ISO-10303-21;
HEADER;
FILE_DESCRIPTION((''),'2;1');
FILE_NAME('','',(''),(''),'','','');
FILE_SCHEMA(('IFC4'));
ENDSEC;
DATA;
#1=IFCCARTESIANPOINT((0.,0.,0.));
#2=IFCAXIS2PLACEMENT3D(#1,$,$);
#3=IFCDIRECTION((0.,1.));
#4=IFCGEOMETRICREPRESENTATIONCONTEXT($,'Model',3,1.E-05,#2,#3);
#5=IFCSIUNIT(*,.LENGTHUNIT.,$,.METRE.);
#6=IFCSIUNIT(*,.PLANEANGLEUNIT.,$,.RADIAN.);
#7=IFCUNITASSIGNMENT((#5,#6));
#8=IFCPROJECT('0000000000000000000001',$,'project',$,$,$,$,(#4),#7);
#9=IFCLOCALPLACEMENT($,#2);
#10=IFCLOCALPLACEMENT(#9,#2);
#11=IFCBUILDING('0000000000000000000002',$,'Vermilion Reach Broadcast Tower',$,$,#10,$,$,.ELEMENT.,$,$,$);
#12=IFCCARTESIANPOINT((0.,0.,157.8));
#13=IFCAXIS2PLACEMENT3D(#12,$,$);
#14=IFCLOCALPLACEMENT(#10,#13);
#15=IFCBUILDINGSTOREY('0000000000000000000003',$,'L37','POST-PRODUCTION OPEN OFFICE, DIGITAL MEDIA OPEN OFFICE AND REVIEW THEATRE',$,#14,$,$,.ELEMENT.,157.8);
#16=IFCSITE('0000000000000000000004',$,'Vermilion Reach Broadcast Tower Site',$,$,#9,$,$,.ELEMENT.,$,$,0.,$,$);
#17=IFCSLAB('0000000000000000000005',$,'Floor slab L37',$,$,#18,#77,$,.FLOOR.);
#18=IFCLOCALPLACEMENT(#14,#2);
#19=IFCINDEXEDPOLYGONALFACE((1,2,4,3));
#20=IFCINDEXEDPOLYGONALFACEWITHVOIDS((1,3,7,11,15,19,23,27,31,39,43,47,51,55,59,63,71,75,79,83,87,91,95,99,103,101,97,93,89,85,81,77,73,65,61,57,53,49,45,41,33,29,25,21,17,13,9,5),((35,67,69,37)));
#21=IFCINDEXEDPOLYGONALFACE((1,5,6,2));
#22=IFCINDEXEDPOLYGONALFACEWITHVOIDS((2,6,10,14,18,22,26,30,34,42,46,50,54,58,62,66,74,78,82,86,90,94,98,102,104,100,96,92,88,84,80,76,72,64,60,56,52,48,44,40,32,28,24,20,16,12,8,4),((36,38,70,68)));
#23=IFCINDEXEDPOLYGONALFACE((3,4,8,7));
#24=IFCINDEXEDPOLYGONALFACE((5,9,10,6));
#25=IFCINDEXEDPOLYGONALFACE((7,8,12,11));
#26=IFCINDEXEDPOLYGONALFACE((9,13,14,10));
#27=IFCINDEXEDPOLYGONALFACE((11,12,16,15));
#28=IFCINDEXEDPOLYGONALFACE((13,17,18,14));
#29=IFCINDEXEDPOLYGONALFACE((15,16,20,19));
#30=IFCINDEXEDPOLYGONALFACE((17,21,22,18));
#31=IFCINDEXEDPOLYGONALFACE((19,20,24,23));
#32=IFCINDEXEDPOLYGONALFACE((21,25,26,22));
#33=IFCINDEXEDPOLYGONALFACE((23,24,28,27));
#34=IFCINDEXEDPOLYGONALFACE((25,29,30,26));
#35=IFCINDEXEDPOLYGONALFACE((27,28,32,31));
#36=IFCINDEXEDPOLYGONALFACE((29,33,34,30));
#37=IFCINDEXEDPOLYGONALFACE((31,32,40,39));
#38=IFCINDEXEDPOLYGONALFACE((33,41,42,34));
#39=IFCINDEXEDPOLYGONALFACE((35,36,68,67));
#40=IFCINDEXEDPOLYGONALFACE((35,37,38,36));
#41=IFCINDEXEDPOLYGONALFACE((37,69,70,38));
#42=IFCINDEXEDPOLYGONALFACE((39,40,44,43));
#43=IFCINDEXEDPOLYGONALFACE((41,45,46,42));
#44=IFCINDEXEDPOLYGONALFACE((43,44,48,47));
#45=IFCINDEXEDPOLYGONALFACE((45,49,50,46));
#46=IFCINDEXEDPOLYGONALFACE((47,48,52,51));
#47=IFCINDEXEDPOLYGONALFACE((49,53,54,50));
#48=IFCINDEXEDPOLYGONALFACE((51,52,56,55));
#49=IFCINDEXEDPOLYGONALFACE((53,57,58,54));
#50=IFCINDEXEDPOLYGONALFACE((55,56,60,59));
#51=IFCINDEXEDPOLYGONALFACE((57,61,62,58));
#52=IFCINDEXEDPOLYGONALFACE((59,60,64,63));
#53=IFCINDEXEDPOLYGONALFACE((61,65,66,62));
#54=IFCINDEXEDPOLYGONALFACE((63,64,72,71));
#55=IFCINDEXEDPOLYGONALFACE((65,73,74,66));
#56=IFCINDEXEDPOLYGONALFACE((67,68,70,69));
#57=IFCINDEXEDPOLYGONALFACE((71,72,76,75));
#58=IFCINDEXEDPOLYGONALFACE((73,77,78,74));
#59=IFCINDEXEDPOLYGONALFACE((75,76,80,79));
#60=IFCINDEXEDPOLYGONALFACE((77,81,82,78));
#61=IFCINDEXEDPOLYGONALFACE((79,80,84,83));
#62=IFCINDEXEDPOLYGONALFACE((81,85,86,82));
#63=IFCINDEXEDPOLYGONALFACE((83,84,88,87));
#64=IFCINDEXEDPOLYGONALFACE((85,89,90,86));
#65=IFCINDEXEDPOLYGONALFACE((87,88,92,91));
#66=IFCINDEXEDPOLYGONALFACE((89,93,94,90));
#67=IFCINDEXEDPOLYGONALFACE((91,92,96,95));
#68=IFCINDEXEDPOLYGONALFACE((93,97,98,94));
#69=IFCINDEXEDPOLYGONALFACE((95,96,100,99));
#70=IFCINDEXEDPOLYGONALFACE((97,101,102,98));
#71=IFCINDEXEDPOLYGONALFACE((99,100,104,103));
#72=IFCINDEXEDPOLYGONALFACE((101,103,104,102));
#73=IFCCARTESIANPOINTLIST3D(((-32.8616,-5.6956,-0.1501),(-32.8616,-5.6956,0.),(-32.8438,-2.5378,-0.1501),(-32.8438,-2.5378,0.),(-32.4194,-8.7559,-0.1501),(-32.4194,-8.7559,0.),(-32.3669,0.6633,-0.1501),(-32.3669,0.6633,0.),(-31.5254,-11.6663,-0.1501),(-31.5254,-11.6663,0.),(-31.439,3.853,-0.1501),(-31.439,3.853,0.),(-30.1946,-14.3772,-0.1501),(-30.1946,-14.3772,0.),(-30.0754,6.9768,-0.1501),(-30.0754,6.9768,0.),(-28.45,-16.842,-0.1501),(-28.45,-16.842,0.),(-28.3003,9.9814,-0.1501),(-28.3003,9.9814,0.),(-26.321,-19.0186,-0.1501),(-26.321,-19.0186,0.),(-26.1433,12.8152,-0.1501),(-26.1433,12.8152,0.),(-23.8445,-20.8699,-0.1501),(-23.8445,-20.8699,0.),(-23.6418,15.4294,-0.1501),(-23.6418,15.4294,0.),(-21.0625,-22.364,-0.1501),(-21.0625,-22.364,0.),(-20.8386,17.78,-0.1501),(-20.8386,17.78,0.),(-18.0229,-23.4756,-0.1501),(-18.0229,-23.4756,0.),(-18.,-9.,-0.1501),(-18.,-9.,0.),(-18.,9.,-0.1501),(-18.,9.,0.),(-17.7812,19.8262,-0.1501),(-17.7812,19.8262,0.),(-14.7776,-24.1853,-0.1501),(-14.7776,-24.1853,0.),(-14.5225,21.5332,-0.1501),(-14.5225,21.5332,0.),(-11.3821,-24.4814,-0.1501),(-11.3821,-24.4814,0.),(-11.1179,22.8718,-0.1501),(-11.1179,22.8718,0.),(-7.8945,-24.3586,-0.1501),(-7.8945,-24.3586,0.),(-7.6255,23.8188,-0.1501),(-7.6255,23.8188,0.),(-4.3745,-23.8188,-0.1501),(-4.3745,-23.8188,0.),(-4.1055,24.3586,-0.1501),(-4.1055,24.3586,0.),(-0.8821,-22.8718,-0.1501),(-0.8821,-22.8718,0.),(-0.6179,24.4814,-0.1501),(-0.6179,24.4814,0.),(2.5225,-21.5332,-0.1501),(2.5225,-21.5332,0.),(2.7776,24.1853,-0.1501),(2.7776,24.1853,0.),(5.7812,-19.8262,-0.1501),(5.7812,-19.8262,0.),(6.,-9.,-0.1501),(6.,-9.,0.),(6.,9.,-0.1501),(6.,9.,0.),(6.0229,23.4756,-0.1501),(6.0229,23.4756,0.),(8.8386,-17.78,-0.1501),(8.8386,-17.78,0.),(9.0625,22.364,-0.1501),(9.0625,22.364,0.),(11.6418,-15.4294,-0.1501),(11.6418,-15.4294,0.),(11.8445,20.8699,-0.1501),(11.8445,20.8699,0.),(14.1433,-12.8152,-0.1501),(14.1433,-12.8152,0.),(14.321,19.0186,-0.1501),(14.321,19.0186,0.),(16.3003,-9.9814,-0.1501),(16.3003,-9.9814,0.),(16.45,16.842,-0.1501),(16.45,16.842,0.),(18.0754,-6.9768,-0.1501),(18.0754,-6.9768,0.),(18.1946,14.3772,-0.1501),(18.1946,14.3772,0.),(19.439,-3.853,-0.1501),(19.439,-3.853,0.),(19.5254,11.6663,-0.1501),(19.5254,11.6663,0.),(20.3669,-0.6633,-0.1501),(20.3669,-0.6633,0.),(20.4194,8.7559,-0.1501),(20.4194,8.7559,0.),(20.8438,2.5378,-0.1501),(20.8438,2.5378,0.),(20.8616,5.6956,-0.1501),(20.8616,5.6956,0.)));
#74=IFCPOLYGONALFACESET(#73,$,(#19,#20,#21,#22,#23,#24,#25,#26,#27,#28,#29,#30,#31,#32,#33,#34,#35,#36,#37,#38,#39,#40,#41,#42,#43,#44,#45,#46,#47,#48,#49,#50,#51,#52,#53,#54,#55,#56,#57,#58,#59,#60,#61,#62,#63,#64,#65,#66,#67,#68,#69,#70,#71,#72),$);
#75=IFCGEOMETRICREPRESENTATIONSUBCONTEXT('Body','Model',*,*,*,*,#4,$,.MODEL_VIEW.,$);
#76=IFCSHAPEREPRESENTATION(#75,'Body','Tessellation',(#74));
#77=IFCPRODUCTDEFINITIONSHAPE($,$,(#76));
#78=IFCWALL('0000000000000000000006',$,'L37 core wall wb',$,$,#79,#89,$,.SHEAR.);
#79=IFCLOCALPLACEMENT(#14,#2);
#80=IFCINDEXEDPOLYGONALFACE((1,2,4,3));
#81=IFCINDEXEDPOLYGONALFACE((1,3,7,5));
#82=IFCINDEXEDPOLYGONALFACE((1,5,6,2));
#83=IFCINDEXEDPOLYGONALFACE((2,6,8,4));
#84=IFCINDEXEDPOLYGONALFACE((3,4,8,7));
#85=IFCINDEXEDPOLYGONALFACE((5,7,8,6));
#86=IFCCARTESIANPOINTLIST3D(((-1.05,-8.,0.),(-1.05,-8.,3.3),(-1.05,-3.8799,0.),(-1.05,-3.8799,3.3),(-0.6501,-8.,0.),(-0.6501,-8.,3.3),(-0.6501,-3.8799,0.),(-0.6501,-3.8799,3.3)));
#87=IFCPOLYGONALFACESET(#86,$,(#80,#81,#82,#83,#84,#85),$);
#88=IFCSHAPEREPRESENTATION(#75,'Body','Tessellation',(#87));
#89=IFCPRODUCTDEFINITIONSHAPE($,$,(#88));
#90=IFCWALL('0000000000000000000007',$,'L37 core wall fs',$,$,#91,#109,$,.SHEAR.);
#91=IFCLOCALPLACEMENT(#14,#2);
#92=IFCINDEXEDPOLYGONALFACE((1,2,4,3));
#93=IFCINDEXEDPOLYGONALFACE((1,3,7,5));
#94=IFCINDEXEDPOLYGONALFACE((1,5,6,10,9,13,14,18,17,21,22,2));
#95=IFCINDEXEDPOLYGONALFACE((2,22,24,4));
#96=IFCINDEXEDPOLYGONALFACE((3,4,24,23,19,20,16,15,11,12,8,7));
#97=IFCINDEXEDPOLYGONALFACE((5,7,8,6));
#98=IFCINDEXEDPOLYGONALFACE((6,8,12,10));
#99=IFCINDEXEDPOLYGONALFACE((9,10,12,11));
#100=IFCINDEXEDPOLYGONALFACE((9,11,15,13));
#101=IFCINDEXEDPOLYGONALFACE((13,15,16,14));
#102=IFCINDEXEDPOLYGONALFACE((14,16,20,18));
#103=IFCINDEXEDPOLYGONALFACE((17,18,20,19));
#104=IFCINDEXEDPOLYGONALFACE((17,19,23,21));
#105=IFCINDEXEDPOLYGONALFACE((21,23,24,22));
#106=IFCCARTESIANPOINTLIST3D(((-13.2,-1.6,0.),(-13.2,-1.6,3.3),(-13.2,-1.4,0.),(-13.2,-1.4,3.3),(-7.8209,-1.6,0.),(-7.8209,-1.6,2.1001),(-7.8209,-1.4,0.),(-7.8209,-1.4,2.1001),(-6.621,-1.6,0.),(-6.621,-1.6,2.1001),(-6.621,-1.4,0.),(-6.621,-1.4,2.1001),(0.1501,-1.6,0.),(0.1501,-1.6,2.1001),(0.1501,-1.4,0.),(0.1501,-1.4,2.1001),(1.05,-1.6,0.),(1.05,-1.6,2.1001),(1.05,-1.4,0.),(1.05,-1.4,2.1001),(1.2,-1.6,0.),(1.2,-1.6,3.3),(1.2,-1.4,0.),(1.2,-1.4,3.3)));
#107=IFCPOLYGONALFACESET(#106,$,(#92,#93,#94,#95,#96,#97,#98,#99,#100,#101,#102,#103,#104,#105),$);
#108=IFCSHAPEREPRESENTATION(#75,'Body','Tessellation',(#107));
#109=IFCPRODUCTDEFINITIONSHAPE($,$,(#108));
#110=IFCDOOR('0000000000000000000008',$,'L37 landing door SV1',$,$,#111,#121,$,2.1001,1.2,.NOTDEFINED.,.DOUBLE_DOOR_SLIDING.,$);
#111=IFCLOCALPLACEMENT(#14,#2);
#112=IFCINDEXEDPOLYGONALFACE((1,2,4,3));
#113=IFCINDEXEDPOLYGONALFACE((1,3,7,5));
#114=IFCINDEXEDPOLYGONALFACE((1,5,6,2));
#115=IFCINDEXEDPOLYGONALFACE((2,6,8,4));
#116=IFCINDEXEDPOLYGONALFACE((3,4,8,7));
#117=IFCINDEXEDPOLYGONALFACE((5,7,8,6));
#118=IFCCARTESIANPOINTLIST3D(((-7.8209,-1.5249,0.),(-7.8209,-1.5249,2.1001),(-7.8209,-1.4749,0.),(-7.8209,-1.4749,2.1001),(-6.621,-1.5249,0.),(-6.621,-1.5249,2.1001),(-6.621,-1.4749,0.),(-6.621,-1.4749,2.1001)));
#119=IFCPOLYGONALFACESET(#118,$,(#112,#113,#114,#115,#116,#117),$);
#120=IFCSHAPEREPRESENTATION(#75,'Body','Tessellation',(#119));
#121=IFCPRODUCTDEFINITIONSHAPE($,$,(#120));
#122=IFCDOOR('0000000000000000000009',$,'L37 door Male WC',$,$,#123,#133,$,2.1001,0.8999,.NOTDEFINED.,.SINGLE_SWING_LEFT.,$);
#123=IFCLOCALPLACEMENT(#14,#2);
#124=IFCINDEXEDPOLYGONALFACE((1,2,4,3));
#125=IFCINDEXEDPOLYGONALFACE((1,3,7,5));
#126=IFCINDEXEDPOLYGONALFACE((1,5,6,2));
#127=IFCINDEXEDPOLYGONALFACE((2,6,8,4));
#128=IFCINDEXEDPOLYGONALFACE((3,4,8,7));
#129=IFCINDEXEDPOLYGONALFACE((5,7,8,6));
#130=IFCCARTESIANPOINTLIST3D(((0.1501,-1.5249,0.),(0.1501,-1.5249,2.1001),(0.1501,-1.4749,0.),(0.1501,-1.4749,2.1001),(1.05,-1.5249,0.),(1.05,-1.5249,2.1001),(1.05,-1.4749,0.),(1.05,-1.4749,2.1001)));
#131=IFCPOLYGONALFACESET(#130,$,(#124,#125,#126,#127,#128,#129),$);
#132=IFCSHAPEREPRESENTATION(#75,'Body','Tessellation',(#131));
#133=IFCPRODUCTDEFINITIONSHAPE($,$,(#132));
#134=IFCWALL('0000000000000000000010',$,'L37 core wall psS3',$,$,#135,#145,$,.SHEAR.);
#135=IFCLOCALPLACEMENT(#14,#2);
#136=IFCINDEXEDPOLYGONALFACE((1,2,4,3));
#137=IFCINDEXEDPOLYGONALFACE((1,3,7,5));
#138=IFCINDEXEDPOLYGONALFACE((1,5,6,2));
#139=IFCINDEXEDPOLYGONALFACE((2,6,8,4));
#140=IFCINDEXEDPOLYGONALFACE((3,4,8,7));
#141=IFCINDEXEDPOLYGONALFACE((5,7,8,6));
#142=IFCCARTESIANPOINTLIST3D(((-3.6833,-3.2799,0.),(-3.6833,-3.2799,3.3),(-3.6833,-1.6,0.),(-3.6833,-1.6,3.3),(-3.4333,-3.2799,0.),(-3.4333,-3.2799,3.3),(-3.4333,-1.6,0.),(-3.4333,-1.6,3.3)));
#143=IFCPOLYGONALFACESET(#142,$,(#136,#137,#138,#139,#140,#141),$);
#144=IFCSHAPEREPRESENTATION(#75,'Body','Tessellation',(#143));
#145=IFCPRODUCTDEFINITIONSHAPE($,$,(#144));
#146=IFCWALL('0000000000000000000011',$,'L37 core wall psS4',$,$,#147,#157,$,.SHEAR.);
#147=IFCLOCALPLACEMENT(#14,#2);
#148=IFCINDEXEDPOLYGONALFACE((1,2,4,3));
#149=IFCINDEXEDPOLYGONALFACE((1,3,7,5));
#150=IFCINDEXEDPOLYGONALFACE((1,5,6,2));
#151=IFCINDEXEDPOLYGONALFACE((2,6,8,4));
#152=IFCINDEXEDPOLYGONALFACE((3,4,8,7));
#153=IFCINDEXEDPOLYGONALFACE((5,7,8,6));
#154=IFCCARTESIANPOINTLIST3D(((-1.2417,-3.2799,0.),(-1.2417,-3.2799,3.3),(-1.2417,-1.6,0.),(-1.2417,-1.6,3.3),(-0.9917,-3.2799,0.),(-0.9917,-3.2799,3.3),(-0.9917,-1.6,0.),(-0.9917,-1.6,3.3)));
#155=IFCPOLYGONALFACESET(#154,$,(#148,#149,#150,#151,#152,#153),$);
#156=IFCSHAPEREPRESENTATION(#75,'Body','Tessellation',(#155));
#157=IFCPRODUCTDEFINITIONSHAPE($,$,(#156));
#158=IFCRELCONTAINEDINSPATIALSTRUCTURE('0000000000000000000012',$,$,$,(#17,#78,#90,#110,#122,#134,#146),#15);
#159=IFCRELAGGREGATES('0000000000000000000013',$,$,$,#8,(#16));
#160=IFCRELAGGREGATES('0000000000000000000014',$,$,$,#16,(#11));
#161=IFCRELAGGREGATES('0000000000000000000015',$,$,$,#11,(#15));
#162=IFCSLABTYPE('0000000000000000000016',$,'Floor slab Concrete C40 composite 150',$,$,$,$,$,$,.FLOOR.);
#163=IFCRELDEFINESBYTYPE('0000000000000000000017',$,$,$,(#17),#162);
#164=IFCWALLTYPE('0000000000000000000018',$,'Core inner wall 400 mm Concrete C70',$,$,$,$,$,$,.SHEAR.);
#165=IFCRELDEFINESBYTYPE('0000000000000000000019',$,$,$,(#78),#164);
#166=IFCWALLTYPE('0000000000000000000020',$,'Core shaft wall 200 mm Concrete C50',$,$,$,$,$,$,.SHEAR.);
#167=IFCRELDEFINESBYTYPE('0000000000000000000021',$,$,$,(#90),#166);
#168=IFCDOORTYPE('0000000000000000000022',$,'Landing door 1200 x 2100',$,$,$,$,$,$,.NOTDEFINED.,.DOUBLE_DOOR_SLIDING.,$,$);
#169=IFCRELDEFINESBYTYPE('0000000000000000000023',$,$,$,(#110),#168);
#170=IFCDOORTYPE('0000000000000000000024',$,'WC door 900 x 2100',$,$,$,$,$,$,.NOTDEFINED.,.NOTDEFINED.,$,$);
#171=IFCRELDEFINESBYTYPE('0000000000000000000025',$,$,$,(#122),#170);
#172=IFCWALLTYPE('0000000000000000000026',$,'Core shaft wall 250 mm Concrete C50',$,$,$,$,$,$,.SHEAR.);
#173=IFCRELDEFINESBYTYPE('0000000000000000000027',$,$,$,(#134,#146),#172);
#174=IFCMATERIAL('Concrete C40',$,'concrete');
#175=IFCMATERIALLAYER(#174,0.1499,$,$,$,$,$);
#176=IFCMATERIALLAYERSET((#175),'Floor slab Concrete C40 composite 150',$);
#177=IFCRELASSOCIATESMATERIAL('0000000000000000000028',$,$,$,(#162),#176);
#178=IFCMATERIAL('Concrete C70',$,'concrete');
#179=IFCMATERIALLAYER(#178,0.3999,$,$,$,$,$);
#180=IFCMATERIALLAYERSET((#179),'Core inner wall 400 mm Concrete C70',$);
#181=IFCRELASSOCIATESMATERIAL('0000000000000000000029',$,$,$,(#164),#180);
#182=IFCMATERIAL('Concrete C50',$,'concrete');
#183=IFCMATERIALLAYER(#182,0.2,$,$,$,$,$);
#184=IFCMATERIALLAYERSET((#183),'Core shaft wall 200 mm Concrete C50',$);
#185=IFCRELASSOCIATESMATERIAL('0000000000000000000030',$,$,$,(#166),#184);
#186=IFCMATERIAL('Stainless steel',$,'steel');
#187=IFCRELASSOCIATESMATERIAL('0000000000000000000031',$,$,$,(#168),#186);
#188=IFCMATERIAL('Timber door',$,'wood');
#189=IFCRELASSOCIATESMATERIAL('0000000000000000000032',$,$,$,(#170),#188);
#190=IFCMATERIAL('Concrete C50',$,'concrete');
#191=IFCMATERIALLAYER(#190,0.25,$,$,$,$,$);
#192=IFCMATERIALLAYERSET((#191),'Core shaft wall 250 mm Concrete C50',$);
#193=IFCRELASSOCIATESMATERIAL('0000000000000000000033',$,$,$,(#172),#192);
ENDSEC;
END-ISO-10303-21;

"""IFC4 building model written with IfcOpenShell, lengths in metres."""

from ifc_helpers import new_model, si_unit, direction, frame, frame_2d, origin, place, context, subcontext, project, spatial, polyline, rectangle, outline, extrude, material, layer, layer_set, type_object, element, fill, save


model = new_model("IFC4")

# Units and contexts
model_context = context("Model", 3, precision=1e-05, world=origin(), true_north=direction((0.0, 1.0)))
body_context = subcontext(model_context, "Body", "Model", "MODEL_VIEW")
ifc_project = project(units=[si_unit("LENGTHUNIT", "METRE"), si_unit("PLANEANGLEUNIT", "RADIAN")], contexts=[model_context])

# Site, building, storey
site_placement = place(None, origin())
site = spatial("IfcSite", under=ifc_project, at=site_placement, Name="Vermilion Reach Broadcast Tower Site", CompositionType="ELEMENT", RefElevation=0.0)
building_placement = place(site_placement, origin())
building = spatial("IfcBuilding", under=site, at=building_placement, Name="Vermilion Reach Broadcast Tower", CompositionType="ELEMENT")
storey_placement = place(building_placement, frame((0.0, 0.0, 157.8)))
storey = spatial("IfcBuildingStorey", under=building, at=storey_placement, Name="L37", Description="POST-PRODUCTION OPEN OFFICE, DIGITAL MEDIA OPEN OFFICE AND REVIEW THEATRE", CompositionType="ELEMENT", Elevation=157.8)

# Slab
ifc_material_1 = material(Name="Concrete C40", Category="concrete")
ifc_layer_1 = layer(ifc_material_1, 0.1499)
ifc_layer_set_1 = layer_set([ifc_layer_1], Name="Floor slab Concrete C40 composite 150")
slab_type_1 = type_object("IfcSlabType", Name="Floor slab Concrete C40 composite 150", PredefinedType="FLOOR", material=ifc_layer_set_1)
slab_1_placement = place(storey_placement, frame((0.0, 0.0, -0.1501)))
element("IfcSlab", 1, at=slab_1_placement, inside=storey, type_object=slab_type_1, Name="Floor slab L37", PredefinedType="FLOOR", context=body_context, shape_type="SweptSolid", body=[
    extrude(outline(polyline([(18.1946, 14.3772), (16.45, 16.842), (14.321, 19.0186), (11.8445, 20.8699), (9.0625, 22.364), (6.0229, 23.4756), (2.7776, 24.1853), (-0.6179, 24.4814), (-4.1055, 24.3586), (-7.6255, 23.8188), (-11.1179, 22.8718), (-14.5225, 21.5332), (-17.7812, 19.8262), (-20.8386, 17.78), (-23.6418, 15.4294), (-26.1433, 12.8152), (-28.3003, 9.9814), (-30.0754, 6.9768), (-31.439, 3.853), (-32.3669, 0.6633), (-32.8438, -2.5378), (-32.8616, -5.6956), (-32.4194, -8.7559), (-31.5254, -11.6663), (-30.1946, -14.3772), (-28.45, -16.842), (-26.321, -19.0186), (-23.8445, -20.8699), (-21.0625, -22.364), (-18.0229, -23.4756), (-14.7776, -24.1853), (-11.3821, -24.4814), (-7.8945, -24.3586), (-4.3745, -23.8188), (-0.8821, -22.8718), (2.5225, -21.5332), (5.7812, -19.8262), (8.8386, -17.78), (11.6418, -15.4294), (14.1433, -12.8152), (16.3003, -9.9814), (18.0754, -6.9768), (19.439, -3.853), (20.3669, -0.6633), (20.8438, 2.5378), (20.8616, 5.6956), (20.4194, 8.7559), (19.5254, 11.6663), (18.1946, 14.3772)]), holes=[polyline([(-18.0, -9.0), (6.0, -9.0), (6.0, 9.0), (-18.0, 9.0), (-18.0, -9.0)])]), origin(), (0.0, 0.0, 1.0), 0.1501),
])

# Wall
ifc_material_2 = material(Name="Concrete C70", Category="concrete")
ifc_layer_2 = layer(ifc_material_2, 0.3999)
ifc_layer_set_2 = layer_set([ifc_layer_2], Name="Core inner wall 400 mm Concrete C70")
wall_type_1 = type_object("IfcWallType", Name="Core inner wall 400 mm Concrete C70", PredefinedType="SHEAR", material=ifc_layer_set_2)
wall_1_placement = place(storey_placement, frame((-0.8501, -3.8799, 0.0), z_axis=(0.0, 0.0, 1.0), x_axis=(0.0, -1.0, 0.0)))
element("IfcWall", 2, at=wall_1_placement, inside=storey, type_object=wall_type_1, Name="L37 core wall wb", PredefinedType="SHEAR", context=body_context, shape_type="SweptSolid", body=[
    extrude(rectangle(XDim=4.1201, YDim=0.3999, at=frame_2d((2.0601, 0.0))), origin(), (0.0, 0.0, 1.0), 3.3),
])

# Wall, openings, doors
ifc_material_3 = material(Name="Concrete C50", Category="concrete")
ifc_layer_3 = layer(ifc_material_3, 0.2)
ifc_layer_set_3 = layer_set([ifc_layer_3], Name="Core shaft wall 200 mm Concrete C50")
wall_type_2 = type_object("IfcWallType", Name="Core shaft wall 200 mm Concrete C50", PredefinedType="SHEAR", material=ifc_layer_set_3)
wall_2_placement = place(storey_placement, frame((1.2, -1.5, 0.0), z_axis=(0.0, 0.0, 1.0), x_axis=(-1.0, 0.0, 0.0)))
wall_2 = element("IfcWall", 3, at=wall_2_placement, inside=storey, type_object=wall_type_2, Name="L37 core wall fs", PredefinedType="SHEAR", context=body_context, shape_type="SweptSolid", body=[
    extrude(rectangle(XDim=14.3999, YDim=0.2, at=frame_2d((7.2, 0.0))), origin(), (0.0, 0.0, 1.0), 3.3),
])
opening_1_placement = place(wall_2_placement, frame((7.8208, 0.0, 0.0)))
opening_1 = element("IfcOpeningElement", 4, at=opening_1_placement, cuts=wall_2, PredefinedType="OPENING", context=body_context, shape_type="SweptSolid", body=[
    extrude(rectangle(XDim=1.2, YDim=2.1001, at=frame_2d((0.6001, 1.05))), frame((0.0, 0.1099, 0.0), z_axis=(0.0, -1.0, 0.0), x_axis=(1.0, 0.0, 0.0)), (0.0, 0.0, 1.0), 0.22),
])
opening_2_placement = place(wall_2_placement, frame((0.1499, 0.0, 0.0)))
opening_2 = element("IfcOpeningElement", 5, at=opening_2_placement, cuts=wall_2, PredefinedType="OPENING", context=body_context, shape_type="SweptSolid", body=[
    extrude(rectangle(XDim=0.8999, YDim=2.1001, at=frame_2d((0.45, 1.05))), frame((0.0, 0.1099, 0.0), z_axis=(0.0, -1.0, 0.0), x_axis=(1.0, 0.0, 0.0)), (0.0, 0.0, 1.0), 0.22),
])
ifc_material_4 = material(Name="Stainless steel", Category="steel")
door_type_1 = type_object("IfcDoorType", Name="Landing door 1200 x 2100", OperationType="DOUBLE_DOOR_SLIDING", PredefinedType="NOTDEFINED", material=ifc_material_4)
door_1_placement = place(opening_1_placement, origin())
door_1 = element("IfcDoor", 6, at=door_1_placement, inside=storey, type_object=door_type_1, Name="L37 landing door SV1", OperationType="DOUBLE_DOOR_SLIDING", OverallHeight=2.1001, OverallWidth=1.2, PredefinedType="NOTDEFINED", context=body_context, shape_type="SweptSolid", body=[
    extrude(rectangle(XDim=1.2, YDim=2.1001, at=frame_2d((0.6001, 1.05))), frame((0.0, 0.0249, 0.0), z_axis=(0.0, -1.0, 0.0), x_axis=(1.0, 0.0, 0.0)), (0.0, 0.0, 1.0), 0.05),
])
fill(opening_1, door_1)
ifc_material_5 = material(Name="Timber door", Category="wood")
door_type_2 = type_object("IfcDoorType", Name="WC door 900 x 2100", OperationType="NOTDEFINED", PredefinedType="NOTDEFINED", material=ifc_material_5)
door_2_placement = place(opening_2_placement, origin())
door_2 = element("IfcDoor", 7, at=door_2_placement, inside=storey, type_object=door_type_2, Name="L37 door Male WC", OperationType="SINGLE_SWING_LEFT", OverallHeight=2.1001, OverallWidth=0.8999, PredefinedType="NOTDEFINED", context=body_context, shape_type="SweptSolid", body=[
    extrude(rectangle(XDim=0.8999, YDim=2.1001, at=frame_2d((0.45, 1.05))), frame((0.0, 0.0249, 0.0), z_axis=(0.0, -1.0, 0.0), x_axis=(1.0, 0.0, 0.0)), (0.0, 0.0, 1.0), 0.05),
])
fill(opening_2, door_2)

# Walls
ifc_material_6 = material(Name="Concrete C50", Category="concrete")
ifc_layer_4 = layer(ifc_material_6, 0.25)
ifc_layer_set_4 = layer_set([ifc_layer_4], Name="Core shaft wall 250 mm Concrete C50")
wall_type_3 = type_object("IfcWallType", Name="Core shaft wall 250 mm Concrete C50", PredefinedType="SHEAR", material=ifc_layer_set_4)
for number, where, z_axis, x_axis, name in (
    (8, (-3.5583, -1.6001, 0.0), (0.0, 0.0, 1.0), (0.0, -1.0, 0.0), "L37 core wall psS3"),
    (9, (-1.1167, -1.6001, 0.0), (0.0, 0.0, 1.0), (0.0, -1.0, 0.0), "L37 core wall psS4"),
):
    element("IfcWall", number, at=place(storey_placement, frame(where, z_axis=z_axis, x_axis=x_axis)), inside=storey, type_object=wall_type_3, Name=name, PredefinedType="SHEAR", context=body_context, shape_type="SweptSolid", body=[
        extrude(rectangle(XDim=1.6799, YDim=0.25, at=frame_2d((0.8398, 0.0))), origin(), (0.0, 0.0, 1.0), 3.3),
    ])

save(model, "model.ifc")
